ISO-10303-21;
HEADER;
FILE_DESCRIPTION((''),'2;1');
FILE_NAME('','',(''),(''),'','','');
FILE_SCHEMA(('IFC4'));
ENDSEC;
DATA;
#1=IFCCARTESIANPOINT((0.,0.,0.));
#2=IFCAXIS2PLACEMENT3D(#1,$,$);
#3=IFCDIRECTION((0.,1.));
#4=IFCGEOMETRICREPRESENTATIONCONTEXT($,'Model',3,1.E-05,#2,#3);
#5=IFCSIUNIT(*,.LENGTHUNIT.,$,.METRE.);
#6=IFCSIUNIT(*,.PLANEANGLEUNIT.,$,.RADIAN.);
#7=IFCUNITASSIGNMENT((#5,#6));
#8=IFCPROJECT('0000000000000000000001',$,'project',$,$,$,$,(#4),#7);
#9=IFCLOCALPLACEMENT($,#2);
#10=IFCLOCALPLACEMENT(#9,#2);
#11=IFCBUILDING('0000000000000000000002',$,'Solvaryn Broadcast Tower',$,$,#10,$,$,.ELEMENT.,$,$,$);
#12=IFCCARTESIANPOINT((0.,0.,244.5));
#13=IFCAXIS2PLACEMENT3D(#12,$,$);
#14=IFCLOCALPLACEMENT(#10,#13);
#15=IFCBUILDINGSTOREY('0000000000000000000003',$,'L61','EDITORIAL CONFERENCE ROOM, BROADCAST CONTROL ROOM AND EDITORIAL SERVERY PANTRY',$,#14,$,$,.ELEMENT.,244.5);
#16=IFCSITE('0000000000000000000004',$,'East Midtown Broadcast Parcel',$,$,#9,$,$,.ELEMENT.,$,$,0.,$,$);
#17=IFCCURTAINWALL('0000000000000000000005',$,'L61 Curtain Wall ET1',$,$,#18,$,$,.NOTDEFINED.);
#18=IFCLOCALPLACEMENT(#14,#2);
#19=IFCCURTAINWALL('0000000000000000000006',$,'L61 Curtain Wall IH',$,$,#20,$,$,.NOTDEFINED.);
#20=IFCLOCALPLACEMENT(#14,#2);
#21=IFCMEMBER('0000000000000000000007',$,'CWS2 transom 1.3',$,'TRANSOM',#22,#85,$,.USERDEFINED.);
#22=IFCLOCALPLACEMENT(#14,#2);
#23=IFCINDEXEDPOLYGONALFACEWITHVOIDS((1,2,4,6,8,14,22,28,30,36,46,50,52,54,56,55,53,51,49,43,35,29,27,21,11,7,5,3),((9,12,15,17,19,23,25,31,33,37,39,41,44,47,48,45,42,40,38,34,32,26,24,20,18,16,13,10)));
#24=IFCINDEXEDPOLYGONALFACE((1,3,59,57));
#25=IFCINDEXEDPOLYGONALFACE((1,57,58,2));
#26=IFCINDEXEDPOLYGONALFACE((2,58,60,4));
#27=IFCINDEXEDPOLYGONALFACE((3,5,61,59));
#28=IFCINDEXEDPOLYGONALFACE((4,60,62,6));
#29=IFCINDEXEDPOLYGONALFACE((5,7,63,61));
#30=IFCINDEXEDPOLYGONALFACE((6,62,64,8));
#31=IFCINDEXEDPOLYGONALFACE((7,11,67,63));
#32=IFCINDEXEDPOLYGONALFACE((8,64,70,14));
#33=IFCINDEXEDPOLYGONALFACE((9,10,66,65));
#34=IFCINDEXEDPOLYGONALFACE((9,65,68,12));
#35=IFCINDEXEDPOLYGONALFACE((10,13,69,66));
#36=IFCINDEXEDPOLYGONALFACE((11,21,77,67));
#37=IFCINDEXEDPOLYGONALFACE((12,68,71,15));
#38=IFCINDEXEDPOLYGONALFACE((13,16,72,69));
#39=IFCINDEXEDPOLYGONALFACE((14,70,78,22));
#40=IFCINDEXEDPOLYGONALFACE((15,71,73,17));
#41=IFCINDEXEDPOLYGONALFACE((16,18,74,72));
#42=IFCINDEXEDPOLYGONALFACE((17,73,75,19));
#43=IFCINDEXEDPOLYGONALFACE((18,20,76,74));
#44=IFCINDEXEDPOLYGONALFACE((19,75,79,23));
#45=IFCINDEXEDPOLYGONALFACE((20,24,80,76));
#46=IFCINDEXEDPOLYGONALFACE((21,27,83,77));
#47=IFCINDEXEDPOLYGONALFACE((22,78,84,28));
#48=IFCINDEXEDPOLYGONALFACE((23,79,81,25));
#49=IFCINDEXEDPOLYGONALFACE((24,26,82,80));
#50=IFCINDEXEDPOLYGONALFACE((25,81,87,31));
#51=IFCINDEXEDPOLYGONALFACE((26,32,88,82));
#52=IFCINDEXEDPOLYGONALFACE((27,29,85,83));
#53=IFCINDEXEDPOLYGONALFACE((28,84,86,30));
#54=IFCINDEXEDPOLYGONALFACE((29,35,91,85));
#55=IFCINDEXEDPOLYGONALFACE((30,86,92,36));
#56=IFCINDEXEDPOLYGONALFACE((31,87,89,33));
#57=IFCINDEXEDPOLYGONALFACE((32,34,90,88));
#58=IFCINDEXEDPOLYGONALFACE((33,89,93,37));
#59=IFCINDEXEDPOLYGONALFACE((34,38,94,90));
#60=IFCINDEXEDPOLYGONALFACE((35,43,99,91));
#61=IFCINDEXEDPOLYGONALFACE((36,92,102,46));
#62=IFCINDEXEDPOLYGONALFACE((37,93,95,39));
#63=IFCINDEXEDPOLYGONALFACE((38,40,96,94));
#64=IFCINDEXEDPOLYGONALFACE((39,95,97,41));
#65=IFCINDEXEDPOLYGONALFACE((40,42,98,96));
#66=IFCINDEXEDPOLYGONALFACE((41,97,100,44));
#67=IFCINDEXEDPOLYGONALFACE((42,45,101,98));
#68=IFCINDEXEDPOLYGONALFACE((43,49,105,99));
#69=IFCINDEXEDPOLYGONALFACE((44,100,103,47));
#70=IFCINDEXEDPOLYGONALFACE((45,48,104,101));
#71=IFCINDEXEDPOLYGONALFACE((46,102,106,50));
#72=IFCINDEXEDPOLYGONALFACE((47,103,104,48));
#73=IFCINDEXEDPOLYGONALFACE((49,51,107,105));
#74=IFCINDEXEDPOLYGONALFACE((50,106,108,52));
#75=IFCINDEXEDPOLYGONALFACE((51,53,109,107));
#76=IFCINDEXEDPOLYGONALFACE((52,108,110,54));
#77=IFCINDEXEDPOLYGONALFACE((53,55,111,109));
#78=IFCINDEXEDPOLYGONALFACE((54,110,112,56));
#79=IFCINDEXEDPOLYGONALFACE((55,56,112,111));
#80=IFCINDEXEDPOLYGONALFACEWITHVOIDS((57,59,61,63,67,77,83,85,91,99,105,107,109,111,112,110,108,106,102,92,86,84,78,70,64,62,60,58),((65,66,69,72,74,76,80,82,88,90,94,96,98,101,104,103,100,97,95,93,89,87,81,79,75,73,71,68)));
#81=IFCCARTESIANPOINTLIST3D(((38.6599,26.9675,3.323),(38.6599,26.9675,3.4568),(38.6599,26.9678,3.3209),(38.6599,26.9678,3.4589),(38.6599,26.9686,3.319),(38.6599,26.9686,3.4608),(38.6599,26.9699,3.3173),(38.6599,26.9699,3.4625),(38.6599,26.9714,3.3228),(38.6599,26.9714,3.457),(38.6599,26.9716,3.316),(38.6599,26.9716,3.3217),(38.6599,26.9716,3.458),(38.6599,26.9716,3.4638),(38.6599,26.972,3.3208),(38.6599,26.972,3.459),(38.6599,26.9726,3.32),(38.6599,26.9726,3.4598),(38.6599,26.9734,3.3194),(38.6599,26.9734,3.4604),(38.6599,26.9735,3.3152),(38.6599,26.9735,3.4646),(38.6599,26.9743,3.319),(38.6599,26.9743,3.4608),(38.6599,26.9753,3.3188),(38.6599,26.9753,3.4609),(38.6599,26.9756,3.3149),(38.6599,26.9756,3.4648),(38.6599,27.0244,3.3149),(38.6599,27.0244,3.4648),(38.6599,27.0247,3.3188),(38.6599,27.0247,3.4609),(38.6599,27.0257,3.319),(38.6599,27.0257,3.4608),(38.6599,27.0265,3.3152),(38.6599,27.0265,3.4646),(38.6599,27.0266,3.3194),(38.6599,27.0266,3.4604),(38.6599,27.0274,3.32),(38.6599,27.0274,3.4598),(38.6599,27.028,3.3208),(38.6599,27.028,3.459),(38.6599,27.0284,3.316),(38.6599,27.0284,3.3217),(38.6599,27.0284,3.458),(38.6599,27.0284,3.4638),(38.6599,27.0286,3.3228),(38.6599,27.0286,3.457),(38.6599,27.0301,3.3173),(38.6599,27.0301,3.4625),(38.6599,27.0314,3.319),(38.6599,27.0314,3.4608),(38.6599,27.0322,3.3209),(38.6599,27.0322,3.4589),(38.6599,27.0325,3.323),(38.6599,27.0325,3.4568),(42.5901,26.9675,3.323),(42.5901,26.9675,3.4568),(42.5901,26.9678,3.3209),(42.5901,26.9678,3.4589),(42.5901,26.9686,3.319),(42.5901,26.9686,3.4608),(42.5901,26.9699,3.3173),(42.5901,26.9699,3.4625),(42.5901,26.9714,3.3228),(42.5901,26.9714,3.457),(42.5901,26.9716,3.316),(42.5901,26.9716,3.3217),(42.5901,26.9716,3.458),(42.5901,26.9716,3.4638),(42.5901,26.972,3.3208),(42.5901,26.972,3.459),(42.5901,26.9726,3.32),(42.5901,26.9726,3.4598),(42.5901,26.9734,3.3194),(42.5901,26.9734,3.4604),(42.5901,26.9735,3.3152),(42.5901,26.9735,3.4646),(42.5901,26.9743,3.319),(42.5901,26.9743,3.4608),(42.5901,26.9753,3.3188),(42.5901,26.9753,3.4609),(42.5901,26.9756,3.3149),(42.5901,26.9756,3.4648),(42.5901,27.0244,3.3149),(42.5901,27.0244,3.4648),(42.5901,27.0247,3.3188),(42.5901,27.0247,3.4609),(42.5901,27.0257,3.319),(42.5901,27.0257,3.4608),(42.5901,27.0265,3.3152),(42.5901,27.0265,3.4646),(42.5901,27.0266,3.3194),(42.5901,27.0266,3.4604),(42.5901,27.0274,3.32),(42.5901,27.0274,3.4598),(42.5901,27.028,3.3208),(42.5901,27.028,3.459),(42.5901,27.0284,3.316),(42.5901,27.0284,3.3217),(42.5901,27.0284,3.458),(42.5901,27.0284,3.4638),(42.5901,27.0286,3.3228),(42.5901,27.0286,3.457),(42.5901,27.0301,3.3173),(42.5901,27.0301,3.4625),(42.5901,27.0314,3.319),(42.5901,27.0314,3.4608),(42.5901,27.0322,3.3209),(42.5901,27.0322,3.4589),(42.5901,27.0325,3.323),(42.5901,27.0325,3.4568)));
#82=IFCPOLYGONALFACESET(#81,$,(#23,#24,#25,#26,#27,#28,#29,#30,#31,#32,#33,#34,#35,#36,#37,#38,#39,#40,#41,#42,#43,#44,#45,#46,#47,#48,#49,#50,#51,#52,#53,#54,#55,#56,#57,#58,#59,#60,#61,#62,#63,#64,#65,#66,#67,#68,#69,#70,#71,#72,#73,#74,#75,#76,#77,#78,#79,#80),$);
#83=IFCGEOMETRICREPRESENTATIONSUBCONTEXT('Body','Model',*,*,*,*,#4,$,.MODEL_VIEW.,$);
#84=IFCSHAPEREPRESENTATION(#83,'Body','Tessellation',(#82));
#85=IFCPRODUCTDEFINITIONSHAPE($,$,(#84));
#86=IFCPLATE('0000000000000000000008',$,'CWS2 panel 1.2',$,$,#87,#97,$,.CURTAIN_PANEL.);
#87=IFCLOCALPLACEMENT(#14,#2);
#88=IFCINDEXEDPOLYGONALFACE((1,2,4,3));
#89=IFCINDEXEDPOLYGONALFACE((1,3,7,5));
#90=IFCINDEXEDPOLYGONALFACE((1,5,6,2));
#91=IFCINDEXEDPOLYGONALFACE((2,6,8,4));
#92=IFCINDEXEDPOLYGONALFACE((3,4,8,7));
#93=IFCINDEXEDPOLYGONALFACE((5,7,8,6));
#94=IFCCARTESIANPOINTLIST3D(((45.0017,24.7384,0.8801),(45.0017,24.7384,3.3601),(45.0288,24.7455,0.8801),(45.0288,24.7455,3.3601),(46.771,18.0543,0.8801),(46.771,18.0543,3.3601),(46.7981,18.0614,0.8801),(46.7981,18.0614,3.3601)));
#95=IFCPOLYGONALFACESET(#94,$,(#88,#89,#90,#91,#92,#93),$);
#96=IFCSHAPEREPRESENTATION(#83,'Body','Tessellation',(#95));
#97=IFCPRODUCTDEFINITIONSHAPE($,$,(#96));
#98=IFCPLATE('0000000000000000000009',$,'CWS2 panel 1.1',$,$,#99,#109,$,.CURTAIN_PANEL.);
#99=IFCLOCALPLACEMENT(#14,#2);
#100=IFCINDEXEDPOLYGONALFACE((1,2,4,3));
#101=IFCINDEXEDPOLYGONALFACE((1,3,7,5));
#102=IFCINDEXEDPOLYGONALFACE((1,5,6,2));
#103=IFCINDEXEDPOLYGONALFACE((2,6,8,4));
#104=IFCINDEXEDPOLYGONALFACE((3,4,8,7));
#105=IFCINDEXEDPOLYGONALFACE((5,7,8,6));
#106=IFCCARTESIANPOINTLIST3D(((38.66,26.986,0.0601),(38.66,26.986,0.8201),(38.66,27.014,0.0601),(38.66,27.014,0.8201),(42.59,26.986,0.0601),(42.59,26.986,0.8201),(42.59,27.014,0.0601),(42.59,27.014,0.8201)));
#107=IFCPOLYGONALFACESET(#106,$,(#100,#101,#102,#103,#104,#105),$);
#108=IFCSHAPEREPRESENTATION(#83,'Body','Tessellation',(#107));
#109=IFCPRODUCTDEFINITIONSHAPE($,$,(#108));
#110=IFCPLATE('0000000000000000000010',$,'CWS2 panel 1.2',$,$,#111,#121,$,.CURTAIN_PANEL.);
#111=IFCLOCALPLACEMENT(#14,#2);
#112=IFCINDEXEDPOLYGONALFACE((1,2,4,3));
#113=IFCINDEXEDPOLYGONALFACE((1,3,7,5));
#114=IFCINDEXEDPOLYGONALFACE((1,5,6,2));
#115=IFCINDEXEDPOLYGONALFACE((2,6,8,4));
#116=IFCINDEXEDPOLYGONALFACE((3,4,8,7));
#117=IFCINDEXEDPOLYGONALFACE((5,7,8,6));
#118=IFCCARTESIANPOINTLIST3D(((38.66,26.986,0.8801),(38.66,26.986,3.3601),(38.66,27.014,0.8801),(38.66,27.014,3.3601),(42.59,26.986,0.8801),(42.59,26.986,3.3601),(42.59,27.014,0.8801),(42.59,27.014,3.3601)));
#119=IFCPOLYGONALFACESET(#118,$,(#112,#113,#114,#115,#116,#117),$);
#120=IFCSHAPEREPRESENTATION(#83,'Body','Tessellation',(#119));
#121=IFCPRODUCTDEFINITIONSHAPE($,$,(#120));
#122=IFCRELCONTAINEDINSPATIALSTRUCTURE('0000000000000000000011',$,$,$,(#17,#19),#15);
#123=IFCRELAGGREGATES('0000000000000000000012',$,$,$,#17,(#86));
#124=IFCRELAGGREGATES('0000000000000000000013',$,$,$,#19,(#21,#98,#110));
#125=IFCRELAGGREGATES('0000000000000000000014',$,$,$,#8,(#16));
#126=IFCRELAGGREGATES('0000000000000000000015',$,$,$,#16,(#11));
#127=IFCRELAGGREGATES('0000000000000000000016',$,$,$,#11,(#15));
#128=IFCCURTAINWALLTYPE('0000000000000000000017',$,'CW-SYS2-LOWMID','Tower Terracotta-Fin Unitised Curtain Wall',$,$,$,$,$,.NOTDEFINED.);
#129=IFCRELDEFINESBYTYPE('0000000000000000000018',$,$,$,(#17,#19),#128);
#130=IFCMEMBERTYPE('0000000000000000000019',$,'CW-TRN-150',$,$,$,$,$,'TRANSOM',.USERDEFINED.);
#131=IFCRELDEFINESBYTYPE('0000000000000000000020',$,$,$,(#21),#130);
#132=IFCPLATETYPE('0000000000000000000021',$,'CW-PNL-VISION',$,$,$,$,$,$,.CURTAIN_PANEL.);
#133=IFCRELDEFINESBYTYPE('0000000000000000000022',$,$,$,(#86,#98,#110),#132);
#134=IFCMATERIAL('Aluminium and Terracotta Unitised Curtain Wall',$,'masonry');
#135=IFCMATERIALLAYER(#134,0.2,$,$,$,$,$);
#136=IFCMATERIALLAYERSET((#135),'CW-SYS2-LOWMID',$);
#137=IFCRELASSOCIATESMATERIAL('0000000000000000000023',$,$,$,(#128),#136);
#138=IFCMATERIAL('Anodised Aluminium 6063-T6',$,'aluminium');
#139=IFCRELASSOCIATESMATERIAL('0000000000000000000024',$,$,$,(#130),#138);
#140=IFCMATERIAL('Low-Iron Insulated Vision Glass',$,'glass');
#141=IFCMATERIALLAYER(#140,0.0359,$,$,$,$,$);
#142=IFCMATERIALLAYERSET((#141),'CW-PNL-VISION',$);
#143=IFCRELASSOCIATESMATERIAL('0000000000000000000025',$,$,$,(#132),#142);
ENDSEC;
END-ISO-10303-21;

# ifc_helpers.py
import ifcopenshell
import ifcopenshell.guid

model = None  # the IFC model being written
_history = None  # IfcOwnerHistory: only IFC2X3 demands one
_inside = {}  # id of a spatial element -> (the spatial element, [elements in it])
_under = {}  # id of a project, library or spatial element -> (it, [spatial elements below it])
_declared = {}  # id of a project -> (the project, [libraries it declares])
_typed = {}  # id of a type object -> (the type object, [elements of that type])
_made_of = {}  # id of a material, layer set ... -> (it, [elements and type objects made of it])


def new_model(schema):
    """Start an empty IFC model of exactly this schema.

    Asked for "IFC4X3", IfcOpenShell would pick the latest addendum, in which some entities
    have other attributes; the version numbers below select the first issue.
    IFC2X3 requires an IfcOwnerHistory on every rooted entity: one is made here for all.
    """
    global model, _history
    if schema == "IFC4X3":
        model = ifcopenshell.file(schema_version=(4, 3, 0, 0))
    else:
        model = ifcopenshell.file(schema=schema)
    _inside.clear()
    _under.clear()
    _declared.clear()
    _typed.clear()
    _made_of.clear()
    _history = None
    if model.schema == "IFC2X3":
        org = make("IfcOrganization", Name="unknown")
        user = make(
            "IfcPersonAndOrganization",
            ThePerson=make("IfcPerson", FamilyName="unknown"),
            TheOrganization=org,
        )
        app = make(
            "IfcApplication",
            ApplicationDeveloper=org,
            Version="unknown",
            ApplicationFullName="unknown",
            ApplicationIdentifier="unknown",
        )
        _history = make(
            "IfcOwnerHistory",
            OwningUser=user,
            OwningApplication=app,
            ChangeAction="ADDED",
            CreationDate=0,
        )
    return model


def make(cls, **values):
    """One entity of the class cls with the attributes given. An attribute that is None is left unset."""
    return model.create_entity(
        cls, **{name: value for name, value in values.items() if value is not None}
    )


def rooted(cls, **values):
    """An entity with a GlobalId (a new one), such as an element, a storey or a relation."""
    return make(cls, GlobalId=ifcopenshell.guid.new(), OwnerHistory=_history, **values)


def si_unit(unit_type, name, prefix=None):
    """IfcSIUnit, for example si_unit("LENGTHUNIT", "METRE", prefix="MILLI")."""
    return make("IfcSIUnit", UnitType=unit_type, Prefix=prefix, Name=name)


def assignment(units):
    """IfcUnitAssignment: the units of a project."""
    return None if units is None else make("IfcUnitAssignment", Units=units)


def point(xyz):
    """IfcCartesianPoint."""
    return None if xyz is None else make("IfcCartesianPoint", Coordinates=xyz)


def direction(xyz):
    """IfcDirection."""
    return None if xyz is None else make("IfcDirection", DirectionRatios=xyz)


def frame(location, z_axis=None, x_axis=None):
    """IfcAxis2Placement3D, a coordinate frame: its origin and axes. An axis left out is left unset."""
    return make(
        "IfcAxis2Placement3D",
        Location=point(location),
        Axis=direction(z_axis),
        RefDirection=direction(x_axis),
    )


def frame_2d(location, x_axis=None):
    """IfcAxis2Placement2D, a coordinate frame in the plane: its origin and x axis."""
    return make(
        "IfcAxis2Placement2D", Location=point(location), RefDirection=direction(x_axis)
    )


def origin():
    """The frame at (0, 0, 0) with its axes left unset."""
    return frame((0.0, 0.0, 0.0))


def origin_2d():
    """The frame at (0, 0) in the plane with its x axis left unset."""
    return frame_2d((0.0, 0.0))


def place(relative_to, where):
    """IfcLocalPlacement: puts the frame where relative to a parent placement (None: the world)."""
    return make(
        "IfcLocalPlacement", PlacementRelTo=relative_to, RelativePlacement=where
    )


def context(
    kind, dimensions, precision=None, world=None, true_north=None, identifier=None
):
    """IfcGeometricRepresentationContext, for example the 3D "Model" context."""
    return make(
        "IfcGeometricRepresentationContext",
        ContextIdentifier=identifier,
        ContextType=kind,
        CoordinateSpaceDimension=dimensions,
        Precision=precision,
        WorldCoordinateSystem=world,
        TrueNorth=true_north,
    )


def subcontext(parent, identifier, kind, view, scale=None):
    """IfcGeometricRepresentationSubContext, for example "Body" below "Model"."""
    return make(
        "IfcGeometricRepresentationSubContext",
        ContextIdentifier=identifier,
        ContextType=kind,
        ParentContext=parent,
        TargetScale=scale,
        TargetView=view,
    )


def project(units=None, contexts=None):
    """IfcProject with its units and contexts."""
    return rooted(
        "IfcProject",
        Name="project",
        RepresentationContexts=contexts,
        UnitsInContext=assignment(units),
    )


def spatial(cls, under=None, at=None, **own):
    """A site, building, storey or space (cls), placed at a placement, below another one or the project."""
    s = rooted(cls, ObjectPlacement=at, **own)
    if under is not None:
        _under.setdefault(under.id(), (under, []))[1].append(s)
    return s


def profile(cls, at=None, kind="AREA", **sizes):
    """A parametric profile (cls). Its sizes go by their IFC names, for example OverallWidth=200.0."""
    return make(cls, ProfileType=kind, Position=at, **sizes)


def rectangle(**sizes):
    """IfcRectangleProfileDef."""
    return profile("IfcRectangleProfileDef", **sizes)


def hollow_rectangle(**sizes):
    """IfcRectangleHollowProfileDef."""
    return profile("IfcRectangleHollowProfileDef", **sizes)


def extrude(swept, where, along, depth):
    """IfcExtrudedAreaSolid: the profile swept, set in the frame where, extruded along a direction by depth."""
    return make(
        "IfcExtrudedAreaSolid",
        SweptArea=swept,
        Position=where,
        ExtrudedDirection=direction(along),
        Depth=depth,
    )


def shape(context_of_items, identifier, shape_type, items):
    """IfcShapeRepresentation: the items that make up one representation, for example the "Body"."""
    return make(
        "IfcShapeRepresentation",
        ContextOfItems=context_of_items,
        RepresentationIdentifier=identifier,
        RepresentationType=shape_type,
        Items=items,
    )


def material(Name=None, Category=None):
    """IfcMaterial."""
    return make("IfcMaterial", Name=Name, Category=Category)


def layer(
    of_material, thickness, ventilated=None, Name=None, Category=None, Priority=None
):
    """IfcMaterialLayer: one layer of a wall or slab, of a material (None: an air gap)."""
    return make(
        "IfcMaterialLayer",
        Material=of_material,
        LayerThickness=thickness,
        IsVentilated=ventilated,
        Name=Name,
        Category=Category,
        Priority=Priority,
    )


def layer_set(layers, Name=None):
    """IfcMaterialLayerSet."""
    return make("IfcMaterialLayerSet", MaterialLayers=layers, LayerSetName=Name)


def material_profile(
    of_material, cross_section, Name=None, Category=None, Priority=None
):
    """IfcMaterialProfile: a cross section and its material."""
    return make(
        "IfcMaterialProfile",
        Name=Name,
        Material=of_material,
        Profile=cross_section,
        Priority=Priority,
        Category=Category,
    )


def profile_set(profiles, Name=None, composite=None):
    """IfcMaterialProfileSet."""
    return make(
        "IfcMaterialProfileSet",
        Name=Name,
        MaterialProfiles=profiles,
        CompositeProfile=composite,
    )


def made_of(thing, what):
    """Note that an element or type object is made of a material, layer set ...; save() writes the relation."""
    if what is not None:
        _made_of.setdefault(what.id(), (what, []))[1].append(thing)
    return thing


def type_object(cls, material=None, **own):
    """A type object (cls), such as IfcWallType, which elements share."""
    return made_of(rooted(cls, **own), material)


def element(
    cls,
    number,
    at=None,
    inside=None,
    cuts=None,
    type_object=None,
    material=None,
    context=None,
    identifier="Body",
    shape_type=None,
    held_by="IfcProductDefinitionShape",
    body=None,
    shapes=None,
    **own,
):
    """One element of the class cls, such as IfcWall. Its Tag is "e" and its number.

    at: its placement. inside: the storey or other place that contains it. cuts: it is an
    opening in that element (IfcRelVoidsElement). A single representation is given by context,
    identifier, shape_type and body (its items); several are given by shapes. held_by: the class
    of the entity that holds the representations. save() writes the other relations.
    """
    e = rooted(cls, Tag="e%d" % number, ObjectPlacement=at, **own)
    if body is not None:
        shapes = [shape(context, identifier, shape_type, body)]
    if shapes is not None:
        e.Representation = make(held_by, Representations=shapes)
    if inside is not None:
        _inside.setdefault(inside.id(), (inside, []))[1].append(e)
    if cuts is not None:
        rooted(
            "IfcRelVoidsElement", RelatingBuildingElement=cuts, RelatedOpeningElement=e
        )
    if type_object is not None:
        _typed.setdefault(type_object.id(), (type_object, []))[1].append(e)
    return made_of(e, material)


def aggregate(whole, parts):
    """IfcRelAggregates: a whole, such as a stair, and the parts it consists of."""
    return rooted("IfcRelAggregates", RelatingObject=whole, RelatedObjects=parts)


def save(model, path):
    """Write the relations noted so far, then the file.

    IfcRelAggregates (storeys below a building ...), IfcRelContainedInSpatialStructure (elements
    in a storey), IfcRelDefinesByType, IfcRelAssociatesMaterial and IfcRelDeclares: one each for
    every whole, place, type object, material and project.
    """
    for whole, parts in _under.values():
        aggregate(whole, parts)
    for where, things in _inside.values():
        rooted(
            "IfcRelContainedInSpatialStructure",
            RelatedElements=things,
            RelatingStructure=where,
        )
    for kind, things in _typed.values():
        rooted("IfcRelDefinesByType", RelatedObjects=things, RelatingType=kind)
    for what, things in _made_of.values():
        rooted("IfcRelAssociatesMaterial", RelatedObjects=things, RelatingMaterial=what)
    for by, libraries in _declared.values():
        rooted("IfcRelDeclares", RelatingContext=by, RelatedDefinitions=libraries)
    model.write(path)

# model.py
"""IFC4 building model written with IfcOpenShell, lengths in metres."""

from ifc_helpers import new_model, si_unit, direction, frame, origin, origin_2d, place, context, subcontext, project, spatial, rectangle, hollow_rectangle, extrude, material, layer, layer_set, material_profile, profile_set, type_object, element, aggregate, save


model = new_model("IFC4")

# Units and contexts
model_context = context("Model", 3, precision=1e-05, world=origin(), true_north=direction((0.0, 1.0)))
body_context = subcontext(model_context, "Body", "Model", "MODEL_VIEW")
ifc_project = project(units=[si_unit("LENGTHUNIT", "METRE"), si_unit("PLANEANGLEUNIT", "RADIAN")], contexts=[model_context])

# Site, building, storey
site_placement = place(None, origin())
site = spatial("IfcSite", under=ifc_project, at=site_placement, Name="East Midtown Broadcast Parcel", CompositionType="ELEMENT", RefElevation=0.0)
building_placement = place(site_placement, origin())
building = spatial("IfcBuilding", under=site, at=building_placement, Name="Solvaryn Broadcast Tower", CompositionType="ELEMENT")
storey_placement = place(building_placement, frame((0.0, 0.0, 244.5)))
storey = spatial("IfcBuildingStorey", under=building, at=storey_placement, Name="L61", Description="EDITORIAL CONFERENCE ROOM, BROADCAST CONTROL ROOM AND EDITORIAL SERVERY PANTRY", CompositionType="ELEMENT", Elevation=244.5)

# Curtain wall
ifc_material_1 = material(Name="Aluminium and Terracotta Unitised Curtain Wall", Category="masonry")
ifc_layer_1 = layer(ifc_material_1, 0.2)
ifc_layer_set_1 = layer_set([ifc_layer_1], Name="CW-SYS2-LOWMID")
curtain_wall_type = type_object("IfcCurtainWallType", Name="CW-SYS2-LOWMID", Description="Tower Terracotta-Fin Unitised Curtain Wall", PredefinedType="NOTDEFINED", material=ifc_layer_set_1)
curtain_wall_1_placement = place(storey_placement, origin())
curtain_wall_1 = element("IfcCurtainWall", 1, at=curtain_wall_1_placement, inside=storey, type_object=curtain_wall_type, Name="L61 Curtain Wall ET1", PredefinedType="NOTDEFINED")

# Curtain wall
curtain_wall_2_placement = place(storey_placement, origin())
curtain_wall_2 = element("IfcCurtainWall", 2, at=curtain_wall_2_placement, inside=storey, type_object=curtain_wall_type, Name="L61 Curtain Wall IH", PredefinedType="NOTDEFINED")

# Member
ifc_material_2 = material(Name="Anodised Aluminium 6063-T6", Category="aluminium")
ifc_material_profile_1 = material_profile(ifc_material_2, hollow_rectangle(XDim=0.0649, YDim=0.1499, WallThickness=0.0039, InnerFilletRadius=0.0039, OuterFilletRadius=0.0081, at=origin_2d()))
ifc_profile_set_1 = profile_set([ifc_material_profile_1], Name="Anodised Aluminium 6063-T6")
member_type_1 = type_object("IfcMemberType", Name="CW-TRN-150", ElementType="TRANSOM", PredefinedType="USERDEFINED", material=ifc_profile_set_1)
member_1_placement = place(storey_placement, frame((38.6599, 27.0, 3.3899), z_axis=(1.0, 0.0, 0.0), x_axis=(0.0, 1.0, 0.0)))
member_1 = element("IfcMember", 3, at=member_1_placement, type_object=member_type_1, Name="CWS2 transom 1.3", ObjectType="TRANSOM", PredefinedType="USERDEFINED", context=body_context, shape_type="SweptSolid", body=[
    extrude(hollow_rectangle(XDim=0.0649, YDim=0.1499, WallThickness=0.0039, InnerFilletRadius=0.0039, OuterFilletRadius=0.0081, at=origin_2d()), origin(), (0.0, 0.0, 1.0), 3.9302),
])

# Plates
ifc_material_3 = material(Name="Low-Iron Insulated Vision Glass", Category="glass")
ifc_layer_2 = layer(ifc_material_3, 0.0359)
ifc_layer_set_2 = layer_set([ifc_layer_2], Name="CW-PNL-VISION")
plate_type = type_object("IfcPlateType", Name="CW-PNL-VISION", PredefinedType="CURTAIN_PANEL", material=ifc_layer_set_2)
plate_1_placement = place(storey_placement, frame((45.8999, 21.3999, 0.8801), z_axis=(0.0, 0.0, 1.0), x_axis=(0.255893, -0.966705, 0.0)))
plate_1 = element("IfcPlate", 4, at=plate_1_placement, type_object=plate_type, Name="CWS2 panel 1.2", PredefinedType="CURTAIN_PANEL", context=body_context, shape_type="SweptSolid", body=[
    extrude(rectangle(XDim=6.9143, YDim=0.0281, at=origin_2d()), origin(), (0.0, 0.0, 1.0), 2.48),
])
aggregate(curtain_wall_1, [plate_1])
plate_2_placement = place(storey_placement, frame((40.625, 27.0, 0.0601), z_axis=(0.0, 0.0, 1.0), x_axis=(1.0, 0.0, 0.0)))
plate_2 = element("IfcPlate", 5, at=plate_2_placement, type_object=plate_type, Name="CWS2 panel 1.1", PredefinedType="CURTAIN_PANEL", context=body_context, shape_type="SweptSolid", body=[
    extrude(rectangle(XDim=3.9299, YDim=0.0281, at=origin_2d()), origin(), (0.0, 0.0, 1.0), 0.76),
])
plate_3_placement = place(storey_placement, frame((40.625, 27.0, 0.8801), z_axis=(0.0, 0.0, 1.0), x_axis=(1.0, 0.0, 0.0)))
plate_3 = element("IfcPlate", 6, at=plate_3_placement, type_object=plate_type, Name="CWS2 panel 1.2", PredefinedType="CURTAIN_PANEL", context=body_context, shape_type="SweptSolid", body=[
    extrude(rectangle(XDim=3.9299, YDim=0.0281, at=origin_2d()), origin(), (0.0, 0.0, 1.0), 2.48),
])
aggregate(curtain_wall_2, [member_1, plate_2, plate_3])

save(model, "model.ifc")
